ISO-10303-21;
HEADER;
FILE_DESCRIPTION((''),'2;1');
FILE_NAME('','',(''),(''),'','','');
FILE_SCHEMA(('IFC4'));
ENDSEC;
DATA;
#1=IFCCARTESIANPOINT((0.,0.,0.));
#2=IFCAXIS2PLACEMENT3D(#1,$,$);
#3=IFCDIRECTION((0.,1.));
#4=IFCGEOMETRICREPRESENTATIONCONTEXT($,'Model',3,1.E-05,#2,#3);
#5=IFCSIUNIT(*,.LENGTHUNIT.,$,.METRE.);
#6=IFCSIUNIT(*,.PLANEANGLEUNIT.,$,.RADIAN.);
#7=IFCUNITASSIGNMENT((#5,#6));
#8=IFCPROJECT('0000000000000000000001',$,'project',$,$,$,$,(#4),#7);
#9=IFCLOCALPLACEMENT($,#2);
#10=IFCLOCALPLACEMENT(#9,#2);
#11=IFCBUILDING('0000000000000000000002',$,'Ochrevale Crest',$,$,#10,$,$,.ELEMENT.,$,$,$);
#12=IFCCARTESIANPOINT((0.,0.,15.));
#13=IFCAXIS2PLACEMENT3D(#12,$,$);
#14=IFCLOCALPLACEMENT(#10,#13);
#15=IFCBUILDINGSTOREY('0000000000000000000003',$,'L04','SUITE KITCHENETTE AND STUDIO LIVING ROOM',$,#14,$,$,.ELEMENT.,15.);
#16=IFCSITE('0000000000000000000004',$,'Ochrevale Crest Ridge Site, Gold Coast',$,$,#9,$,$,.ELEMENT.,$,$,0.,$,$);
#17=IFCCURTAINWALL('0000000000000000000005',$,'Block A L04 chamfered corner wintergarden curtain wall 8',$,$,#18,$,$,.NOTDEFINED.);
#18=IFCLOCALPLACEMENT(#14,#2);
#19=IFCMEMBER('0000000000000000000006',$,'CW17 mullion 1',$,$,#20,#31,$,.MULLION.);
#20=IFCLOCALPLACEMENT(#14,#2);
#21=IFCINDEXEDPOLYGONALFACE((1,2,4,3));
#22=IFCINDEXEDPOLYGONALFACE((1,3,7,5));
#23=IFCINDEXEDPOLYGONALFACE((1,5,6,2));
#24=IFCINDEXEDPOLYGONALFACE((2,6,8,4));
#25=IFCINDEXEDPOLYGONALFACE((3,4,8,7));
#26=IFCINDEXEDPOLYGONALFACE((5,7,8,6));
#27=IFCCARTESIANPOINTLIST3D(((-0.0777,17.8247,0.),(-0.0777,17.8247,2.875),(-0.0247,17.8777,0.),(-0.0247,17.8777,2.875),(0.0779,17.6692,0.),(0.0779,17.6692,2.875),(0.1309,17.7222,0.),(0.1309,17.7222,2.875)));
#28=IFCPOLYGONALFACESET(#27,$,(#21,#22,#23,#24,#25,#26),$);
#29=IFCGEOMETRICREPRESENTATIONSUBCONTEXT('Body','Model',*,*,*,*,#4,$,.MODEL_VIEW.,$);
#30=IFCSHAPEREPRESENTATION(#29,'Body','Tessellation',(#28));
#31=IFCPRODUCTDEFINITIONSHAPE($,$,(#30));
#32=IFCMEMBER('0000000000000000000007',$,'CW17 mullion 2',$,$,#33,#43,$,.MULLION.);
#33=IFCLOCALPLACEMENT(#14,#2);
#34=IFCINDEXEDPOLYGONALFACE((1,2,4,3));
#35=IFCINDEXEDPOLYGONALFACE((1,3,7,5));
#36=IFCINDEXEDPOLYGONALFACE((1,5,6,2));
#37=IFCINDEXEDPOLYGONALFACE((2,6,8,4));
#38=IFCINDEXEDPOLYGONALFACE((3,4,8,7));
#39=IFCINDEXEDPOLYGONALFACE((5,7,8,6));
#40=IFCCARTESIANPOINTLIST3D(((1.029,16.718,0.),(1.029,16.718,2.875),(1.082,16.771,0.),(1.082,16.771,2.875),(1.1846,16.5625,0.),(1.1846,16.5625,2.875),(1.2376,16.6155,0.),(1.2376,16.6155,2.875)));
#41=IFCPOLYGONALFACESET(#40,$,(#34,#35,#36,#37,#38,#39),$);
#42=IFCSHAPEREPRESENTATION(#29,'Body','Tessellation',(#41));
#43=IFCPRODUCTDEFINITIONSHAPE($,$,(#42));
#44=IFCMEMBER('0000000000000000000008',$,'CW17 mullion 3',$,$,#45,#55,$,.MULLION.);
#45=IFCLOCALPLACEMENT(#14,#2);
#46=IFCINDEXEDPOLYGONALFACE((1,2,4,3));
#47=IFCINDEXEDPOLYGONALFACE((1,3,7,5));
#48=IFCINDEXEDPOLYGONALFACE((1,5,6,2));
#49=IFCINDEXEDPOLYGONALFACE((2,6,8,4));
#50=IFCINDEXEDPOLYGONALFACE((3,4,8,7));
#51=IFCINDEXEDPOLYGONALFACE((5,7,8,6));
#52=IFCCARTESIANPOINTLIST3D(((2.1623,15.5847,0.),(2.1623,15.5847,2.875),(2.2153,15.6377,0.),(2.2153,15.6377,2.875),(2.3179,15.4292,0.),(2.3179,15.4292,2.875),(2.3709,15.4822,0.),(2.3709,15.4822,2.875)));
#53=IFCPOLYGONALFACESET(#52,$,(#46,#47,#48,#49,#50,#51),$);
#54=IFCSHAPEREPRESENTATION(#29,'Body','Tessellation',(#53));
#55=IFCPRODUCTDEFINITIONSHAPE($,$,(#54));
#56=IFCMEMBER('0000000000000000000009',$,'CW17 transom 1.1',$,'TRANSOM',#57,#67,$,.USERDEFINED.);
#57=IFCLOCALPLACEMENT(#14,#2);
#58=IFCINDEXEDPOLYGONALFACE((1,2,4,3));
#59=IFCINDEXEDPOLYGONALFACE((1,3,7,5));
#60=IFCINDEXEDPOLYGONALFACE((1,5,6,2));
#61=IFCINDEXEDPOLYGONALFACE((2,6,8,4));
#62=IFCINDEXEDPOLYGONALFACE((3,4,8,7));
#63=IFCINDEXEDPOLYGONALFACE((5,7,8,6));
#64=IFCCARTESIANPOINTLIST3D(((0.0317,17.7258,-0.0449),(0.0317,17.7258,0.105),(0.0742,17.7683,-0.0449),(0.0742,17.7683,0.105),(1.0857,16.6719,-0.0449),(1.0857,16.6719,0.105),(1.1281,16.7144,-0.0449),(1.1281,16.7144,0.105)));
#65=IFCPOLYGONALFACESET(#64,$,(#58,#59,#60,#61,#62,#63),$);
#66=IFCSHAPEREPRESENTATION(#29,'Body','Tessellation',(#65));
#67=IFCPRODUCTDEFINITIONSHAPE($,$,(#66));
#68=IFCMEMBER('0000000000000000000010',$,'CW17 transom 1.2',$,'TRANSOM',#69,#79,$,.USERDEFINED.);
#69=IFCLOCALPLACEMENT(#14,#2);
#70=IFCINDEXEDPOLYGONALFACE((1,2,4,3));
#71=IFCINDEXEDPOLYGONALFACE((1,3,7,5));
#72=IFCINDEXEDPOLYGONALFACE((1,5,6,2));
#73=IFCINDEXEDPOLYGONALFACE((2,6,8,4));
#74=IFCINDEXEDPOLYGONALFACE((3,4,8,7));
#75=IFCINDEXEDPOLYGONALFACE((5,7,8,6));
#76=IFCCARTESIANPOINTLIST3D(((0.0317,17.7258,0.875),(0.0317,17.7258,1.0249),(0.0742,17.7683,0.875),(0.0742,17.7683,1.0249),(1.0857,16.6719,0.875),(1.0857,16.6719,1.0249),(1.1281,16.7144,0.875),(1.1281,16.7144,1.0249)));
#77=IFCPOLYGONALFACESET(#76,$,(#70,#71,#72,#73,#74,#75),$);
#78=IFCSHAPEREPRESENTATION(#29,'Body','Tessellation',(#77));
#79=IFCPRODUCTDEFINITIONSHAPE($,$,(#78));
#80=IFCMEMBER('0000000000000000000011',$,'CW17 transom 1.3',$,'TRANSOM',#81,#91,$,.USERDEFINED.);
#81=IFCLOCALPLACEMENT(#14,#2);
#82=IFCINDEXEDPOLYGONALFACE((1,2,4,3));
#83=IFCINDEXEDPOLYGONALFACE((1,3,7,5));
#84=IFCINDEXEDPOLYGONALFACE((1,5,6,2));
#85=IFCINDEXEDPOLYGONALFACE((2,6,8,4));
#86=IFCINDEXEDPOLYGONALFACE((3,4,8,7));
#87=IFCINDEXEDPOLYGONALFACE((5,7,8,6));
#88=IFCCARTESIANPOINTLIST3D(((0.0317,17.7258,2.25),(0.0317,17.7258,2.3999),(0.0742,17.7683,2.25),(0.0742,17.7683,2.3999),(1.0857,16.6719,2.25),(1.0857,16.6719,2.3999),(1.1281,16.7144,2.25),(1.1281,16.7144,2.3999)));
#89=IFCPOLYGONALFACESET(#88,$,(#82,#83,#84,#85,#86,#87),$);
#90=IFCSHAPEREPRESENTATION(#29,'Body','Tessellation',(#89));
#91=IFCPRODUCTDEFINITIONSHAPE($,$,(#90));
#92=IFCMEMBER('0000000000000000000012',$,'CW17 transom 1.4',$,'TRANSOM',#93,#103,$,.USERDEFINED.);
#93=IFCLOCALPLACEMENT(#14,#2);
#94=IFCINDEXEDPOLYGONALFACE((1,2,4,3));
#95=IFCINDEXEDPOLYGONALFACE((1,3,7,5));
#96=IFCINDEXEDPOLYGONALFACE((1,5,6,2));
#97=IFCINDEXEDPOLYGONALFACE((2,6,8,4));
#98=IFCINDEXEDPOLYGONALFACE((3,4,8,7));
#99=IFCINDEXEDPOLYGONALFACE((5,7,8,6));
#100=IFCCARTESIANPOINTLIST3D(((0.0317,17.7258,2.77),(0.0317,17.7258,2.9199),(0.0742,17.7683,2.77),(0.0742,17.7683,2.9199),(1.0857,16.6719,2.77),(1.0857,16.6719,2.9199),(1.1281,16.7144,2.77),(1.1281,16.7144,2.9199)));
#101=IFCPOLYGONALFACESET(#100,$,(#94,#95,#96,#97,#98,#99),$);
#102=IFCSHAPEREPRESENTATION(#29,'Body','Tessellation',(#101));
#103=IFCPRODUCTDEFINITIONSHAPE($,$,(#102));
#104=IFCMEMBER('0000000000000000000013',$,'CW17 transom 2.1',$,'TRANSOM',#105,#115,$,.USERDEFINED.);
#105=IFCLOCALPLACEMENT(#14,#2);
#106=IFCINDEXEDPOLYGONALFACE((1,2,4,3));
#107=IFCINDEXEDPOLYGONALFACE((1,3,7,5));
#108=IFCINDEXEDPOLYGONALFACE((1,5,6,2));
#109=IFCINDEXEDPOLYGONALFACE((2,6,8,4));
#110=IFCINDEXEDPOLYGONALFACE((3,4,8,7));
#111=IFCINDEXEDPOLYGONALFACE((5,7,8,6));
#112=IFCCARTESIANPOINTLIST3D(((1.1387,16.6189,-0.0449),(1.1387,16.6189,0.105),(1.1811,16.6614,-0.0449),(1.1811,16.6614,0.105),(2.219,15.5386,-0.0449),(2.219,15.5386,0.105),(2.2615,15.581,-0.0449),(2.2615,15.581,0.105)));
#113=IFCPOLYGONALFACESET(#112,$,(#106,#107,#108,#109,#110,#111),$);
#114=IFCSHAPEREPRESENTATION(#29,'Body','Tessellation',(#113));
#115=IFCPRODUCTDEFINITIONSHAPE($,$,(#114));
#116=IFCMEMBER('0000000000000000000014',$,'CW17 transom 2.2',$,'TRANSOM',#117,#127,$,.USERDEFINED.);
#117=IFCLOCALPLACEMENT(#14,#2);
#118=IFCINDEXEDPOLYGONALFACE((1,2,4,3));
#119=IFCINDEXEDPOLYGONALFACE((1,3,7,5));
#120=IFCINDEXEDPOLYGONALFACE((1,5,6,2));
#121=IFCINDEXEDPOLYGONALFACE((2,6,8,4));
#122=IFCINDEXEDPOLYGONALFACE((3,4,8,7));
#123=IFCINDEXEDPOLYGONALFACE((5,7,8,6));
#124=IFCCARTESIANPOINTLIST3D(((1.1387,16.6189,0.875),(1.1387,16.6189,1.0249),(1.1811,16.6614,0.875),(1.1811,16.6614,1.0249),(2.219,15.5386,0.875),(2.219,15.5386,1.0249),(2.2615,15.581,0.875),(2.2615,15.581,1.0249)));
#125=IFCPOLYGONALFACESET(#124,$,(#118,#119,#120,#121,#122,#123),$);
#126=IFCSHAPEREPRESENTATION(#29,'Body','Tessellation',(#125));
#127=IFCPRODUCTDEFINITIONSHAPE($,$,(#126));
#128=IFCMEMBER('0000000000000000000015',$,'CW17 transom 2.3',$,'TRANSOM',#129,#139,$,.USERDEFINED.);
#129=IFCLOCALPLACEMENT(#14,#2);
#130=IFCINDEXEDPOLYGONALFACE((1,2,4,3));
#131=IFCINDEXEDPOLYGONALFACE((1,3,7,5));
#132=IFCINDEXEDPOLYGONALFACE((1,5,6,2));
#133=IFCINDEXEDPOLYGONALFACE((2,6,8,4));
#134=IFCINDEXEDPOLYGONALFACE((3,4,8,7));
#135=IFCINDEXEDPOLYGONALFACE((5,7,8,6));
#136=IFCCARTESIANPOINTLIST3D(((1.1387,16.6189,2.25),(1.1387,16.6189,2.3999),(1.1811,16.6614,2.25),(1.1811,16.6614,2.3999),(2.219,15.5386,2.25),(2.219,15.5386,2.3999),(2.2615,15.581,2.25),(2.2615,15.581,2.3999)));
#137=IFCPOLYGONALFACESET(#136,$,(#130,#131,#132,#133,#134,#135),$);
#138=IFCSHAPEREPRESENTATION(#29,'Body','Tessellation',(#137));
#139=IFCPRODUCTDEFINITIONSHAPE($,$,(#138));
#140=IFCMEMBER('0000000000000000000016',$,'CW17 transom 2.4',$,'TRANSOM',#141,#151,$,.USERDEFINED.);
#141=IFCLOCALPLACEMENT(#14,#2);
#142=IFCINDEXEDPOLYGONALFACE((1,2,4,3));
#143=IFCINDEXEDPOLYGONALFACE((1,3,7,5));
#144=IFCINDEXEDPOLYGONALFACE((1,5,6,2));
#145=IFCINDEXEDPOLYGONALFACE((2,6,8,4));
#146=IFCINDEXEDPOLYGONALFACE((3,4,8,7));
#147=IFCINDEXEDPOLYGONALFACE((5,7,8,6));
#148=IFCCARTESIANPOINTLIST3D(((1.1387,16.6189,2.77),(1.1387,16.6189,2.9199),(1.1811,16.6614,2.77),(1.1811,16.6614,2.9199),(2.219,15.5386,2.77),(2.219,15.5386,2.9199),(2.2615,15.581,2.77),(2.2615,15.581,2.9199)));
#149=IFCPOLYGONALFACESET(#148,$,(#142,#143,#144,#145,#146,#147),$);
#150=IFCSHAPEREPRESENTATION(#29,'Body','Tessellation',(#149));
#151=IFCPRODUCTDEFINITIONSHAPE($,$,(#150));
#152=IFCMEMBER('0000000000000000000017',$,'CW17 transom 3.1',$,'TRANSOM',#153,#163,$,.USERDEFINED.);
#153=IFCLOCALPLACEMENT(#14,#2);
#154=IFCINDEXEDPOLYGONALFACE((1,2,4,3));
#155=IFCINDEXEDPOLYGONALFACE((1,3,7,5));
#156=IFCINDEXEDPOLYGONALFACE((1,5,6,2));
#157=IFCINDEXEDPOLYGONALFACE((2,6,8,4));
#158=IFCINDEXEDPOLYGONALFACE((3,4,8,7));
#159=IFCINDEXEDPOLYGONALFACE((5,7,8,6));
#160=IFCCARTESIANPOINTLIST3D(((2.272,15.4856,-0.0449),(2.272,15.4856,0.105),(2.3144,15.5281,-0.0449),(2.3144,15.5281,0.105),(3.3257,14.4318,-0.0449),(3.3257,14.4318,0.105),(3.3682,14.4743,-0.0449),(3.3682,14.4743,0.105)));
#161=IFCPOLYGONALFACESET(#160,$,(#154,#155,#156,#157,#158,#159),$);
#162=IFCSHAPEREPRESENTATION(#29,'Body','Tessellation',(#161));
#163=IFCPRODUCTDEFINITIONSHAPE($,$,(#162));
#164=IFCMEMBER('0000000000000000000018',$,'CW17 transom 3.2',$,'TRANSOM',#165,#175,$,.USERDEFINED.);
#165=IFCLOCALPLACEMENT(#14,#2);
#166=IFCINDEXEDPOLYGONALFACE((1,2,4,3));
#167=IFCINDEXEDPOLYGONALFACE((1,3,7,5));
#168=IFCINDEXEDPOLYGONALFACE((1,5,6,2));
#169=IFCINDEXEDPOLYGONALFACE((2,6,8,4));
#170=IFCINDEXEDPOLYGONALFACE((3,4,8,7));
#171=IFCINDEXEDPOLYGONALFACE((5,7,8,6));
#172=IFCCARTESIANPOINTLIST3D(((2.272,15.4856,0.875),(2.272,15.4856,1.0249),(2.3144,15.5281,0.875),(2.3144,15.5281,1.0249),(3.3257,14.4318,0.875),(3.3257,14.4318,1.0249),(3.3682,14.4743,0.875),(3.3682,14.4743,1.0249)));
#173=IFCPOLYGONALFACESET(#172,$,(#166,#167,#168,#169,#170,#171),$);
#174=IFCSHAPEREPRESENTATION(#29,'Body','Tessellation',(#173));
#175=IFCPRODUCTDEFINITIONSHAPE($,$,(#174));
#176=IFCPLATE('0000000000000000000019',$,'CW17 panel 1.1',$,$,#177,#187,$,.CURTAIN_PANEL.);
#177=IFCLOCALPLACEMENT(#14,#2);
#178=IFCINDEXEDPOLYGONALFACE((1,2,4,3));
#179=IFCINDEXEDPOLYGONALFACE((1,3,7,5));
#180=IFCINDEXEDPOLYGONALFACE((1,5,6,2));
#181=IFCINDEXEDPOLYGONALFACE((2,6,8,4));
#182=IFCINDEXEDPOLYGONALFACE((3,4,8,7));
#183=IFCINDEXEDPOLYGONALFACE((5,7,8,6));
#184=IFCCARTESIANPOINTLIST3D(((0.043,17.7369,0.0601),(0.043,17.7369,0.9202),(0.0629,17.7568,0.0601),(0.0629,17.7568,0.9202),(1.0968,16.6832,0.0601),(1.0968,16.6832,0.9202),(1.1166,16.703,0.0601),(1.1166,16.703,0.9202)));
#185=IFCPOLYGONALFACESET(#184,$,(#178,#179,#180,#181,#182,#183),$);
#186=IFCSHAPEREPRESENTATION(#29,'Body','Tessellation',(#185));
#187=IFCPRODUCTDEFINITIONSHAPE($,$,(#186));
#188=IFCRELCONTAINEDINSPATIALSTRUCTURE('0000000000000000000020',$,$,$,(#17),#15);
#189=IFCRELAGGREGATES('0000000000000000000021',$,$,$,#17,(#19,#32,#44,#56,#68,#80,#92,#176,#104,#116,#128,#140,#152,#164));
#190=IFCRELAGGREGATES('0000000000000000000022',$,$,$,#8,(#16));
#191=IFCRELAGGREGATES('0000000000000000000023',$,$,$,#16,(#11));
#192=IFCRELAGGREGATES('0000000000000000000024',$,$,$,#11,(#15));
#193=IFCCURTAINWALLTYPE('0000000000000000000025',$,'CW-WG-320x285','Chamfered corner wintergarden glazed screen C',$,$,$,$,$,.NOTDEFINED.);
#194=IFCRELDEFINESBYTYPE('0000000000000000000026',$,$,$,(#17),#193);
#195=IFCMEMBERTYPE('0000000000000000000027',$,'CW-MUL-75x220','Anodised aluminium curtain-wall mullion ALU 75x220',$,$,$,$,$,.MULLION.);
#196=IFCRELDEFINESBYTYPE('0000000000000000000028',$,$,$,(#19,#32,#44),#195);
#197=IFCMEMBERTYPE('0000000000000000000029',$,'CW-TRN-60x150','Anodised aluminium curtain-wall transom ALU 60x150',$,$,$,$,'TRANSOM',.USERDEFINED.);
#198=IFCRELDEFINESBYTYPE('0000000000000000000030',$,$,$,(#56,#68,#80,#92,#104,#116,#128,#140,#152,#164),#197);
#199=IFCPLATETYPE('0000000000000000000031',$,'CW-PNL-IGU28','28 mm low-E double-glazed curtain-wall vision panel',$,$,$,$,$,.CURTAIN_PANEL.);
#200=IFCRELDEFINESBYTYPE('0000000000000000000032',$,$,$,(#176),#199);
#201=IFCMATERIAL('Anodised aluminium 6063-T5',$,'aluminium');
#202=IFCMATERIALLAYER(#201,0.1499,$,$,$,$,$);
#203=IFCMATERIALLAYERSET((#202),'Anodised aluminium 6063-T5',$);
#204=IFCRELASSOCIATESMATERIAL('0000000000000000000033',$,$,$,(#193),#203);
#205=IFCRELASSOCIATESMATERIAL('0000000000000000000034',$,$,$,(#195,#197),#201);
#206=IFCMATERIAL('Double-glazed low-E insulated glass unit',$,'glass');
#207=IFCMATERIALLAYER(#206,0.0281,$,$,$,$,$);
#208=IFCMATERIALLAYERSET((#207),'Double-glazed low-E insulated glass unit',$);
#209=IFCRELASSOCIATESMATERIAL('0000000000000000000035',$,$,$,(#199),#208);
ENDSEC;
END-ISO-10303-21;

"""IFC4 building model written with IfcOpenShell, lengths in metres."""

from ifc_helpers import new_model, si_unit, direction, frame, origin, origin_2d, place, context, subcontext, project, spatial, rectangle, extrude, material, layer, layer_set, material_profile, profile_set, type_object, element, aggregate, save


model = new_model("IFC4")

# Units and contexts
model_context = context("Model", 3, precision=1e-05, world=origin(), true_north=direction((0.0, 1.0)))
body_context = subcontext(model_context, "Body", "Model", "MODEL_VIEW")
ifc_project = project(units=[si_unit("LENGTHUNIT", "METRE"), si_unit("PLANEANGLEUNIT", "RADIAN")], contexts=[model_context])

# Site, building, storey
site_placement = place(None, origin())
site = spatial("IfcSite", under=ifc_project, at=site_placement, Name="Ochrevale Crest Ridge Site, Gold Coast", CompositionType="ELEMENT", RefElevation=0.0)
building_placement = place(site_placement, origin())
building = spatial("IfcBuilding", under=site, at=building_placement, Name="Ochrevale Crest", CompositionType="ELEMENT")
storey_placement = place(building_placement, frame((0.0, 0.0, 15.0)))
storey = spatial("IfcBuildingStorey", under=building, at=storey_placement, Name="L04", Description="SUITE KITCHENETTE AND STUDIO LIVING ROOM", CompositionType="ELEMENT", Elevation=15.0)

# Curtain wall, members, plate
ifc_material_1 = material(Name="Anodised aluminium 6063-T5", Category="aluminium")
ifc_layer_1 = layer(ifc_material_1, 0.1499)
ifc_layer_set_1 = layer_set([ifc_layer_1], Name="Anodised aluminium 6063-T5")
curtain_wall_type = type_object("IfcCurtainWallType", Name="CW-WG-320x285", Description="Chamfered corner wintergarden glazed screen C", PredefinedType="NOTDEFINED", material=ifc_layer_set_1)
curtain_wall_placement = place(storey_placement, origin())
curtain_wall = element("IfcCurtainWall", 1, at=curtain_wall_placement, inside=storey, type_object=curtain_wall_type, Name="Block A L04 chamfered corner wintergarden curtain wall 8", PredefinedType="NOTDEFINED")
ifc_material_profile_1 = material_profile(ifc_material_1, rectangle(XDim=0.075, YDim=0.22, at=origin_2d()), Name="ALU 75x220")
ifc_profile_set_1 = profile_set([ifc_material_profile_1], Name="Anodised aluminium 6063-T5")
member_type_1 = type_object("IfcMemberType", Name="CW-MUL-75x220", Description="Anodised aluminium curtain-wall mullion ALU 75x220", PredefinedType="MULLION", material=ifc_profile_set_1)
member_1_placement = place(storey_placement, frame((0.0266, 17.7734, 0.0), z_axis=(0.0, 0.0, 1.0), x_axis=(0.707107, 0.707107, 0.0)))
member_1 = element("IfcMember", 2, at=member_1_placement, type_object=member_type_1, Name="CW17 mullion 1", PredefinedType="MULLION", context=body_context, shape_type="SweptSolid", body=[
    extrude(rectangle(XDim=0.075, YDim=0.22, at=origin_2d()), origin(), (0.0, 0.0, 1.0), 2.875),
])
member_2_placement = place(storey_placement, frame((1.1333, 16.6667, 0.0), z_axis=(0.0, 0.0, 1.0), x_axis=(0.707107, 0.707107, 0.0)))
member_2 = element("IfcMember", 3, at=member_2_placement, type_object=member_type_1, Name="CW17 mullion 2", PredefinedType="MULLION", context=body_context, shape_type="SweptSolid", body=[
    extrude(rectangle(XDim=0.075, YDim=0.22, at=origin_2d()), origin(), (0.0, 0.0, 1.0), 2.875),
])
member_3_placement = place(storey_placement, frame((2.2666, 15.5334, 0.0), z_axis=(0.0, 0.0, 1.0), x_axis=(0.707107, 0.707107, 0.0)))
member_3 = element("IfcMember", 4, at=member_3_placement, type_object=member_type_1, Name="CW17 mullion 3", PredefinedType="MULLION", context=body_context, shape_type="SweptSolid", body=[
    extrude(rectangle(XDim=0.075, YDim=0.22, at=origin_2d()), origin(), (0.0, 0.0, 1.0), 2.875),
])
ifc_material_profile_2 = material_profile(ifc_material_1, rectangle(XDim=0.0601, YDim=0.1499, at=origin_2d()), Name="ALU 60x150")
ifc_profile_set_2 = profile_set([ifc_material_profile_2], Name="Anodised aluminium 6063-T5")
member_type_2 = type_object("IfcMemberType", Name="CW-TRN-60x150", Description="Anodised aluminium curtain-wall transom ALU 60x150", ElementType="TRANSOM", PredefinedType="USERDEFINED", material=ifc_profile_set_2)
member_4_placement = place(storey_placement, frame((0.053, 17.7471, 0.03), z_axis=(0.707107, -0.707107, 0.0), x_axis=(0.707107, 0.707107, 0.0)))
member_4 = element("IfcMember", 5, at=member_4_placement, type_object=member_type_2, Name="CW17 transom 1.1", ObjectType="TRANSOM", PredefinedType="USERDEFINED", context=body_context, shape_type="SweptSolid", body=[
    extrude(rectangle(XDim=0.0601, YDim=0.1499, at=origin_2d()), origin(), (0.0, 0.0, 1.0), 1.4905),
])
member_5_placement = place(storey_placement, frame((0.053, 17.7471, 0.95), z_axis=(0.707107, -0.707107, 0.0), x_axis=(0.707107, 0.707107, 0.0)))
member_5 = element("IfcMember", 6, at=member_5_placement, type_object=member_type_2, Name="CW17 transom 1.2", ObjectType="TRANSOM", PredefinedType="USERDEFINED", context=body_context, shape_type="SweptSolid", body=[
    extrude(rectangle(XDim=0.0601, YDim=0.1499, at=origin_2d()), origin(), (0.0, 0.0, 1.0), 1.4905),
])
member_6_placement = place(storey_placement, frame((0.053, 17.7471, 2.325), z_axis=(0.707107, -0.707107, 0.0), x_axis=(0.707107, 0.707107, 0.0)))
member_6 = element("IfcMember", 7, at=member_6_placement, type_object=member_type_2, Name="CW17 transom 1.3", ObjectType="TRANSOM", PredefinedType="USERDEFINED", context=body_context, shape_type="SweptSolid", body=[
    extrude(rectangle(XDim=0.0601, YDim=0.1499, at=origin_2d()), origin(), (0.0, 0.0, 1.0), 1.4905),
])
member_7_placement = place(storey_placement, frame((0.053, 17.7471, 2.845), z_axis=(0.707107, -0.707107, 0.0), x_axis=(0.707107, 0.707107, 0.0)))
member_7 = element("IfcMember", 8, at=member_7_placement, type_object=member_type_2, Name="CW17 transom 1.4", ObjectType="TRANSOM", PredefinedType="USERDEFINED", context=body_context, shape_type="SweptSolid", body=[
    extrude(rectangle(XDim=0.0601, YDim=0.1499, at=origin_2d()), origin(), (0.0, 0.0, 1.0), 1.4905),
])
member_8_placement = place(storey_placement, frame((1.1599, 16.6401, 0.03), z_axis=(0.707107, -0.707107, 0.0), x_axis=(0.707107, 0.707107, 0.0)))
member_8 = element("IfcMember", 9, at=member_8_placement, type_object=member_type_2, Name="CW17 transom 2.1", ObjectType="TRANSOM", PredefinedType="USERDEFINED", context=body_context, shape_type="SweptSolid", body=[
    extrude(rectangle(XDim=0.0601, YDim=0.1499, at=origin_2d()), origin(), (0.0, 0.0, 1.0), 1.5278),
])
member_9_placement = place(storey_placement, frame((1.1599, 16.6401, 0.95), z_axis=(0.707107, -0.707107, 0.0), x_axis=(0.707107, 0.707107, 0.0)))
member_9 = element("IfcMember", 10, at=member_9_placement, type_object=member_type_2, Name="CW17 transom 2.2", ObjectType="TRANSOM", PredefinedType="USERDEFINED", context=body_context, shape_type="SweptSolid", body=[
    extrude(rectangle(XDim=0.0601, YDim=0.1499, at=origin_2d()), origin(), (0.0, 0.0, 1.0), 1.5278),
])
member_10_placement = place(storey_placement, frame((1.1599, 16.6401, 2.325), z_axis=(0.707107, -0.707107, 0.0), x_axis=(0.707107, 0.707107, 0.0)))
member_10 = element("IfcMember", 11, at=member_10_placement, type_object=member_type_2, Name="CW17 transom 2.3", ObjectType="TRANSOM", PredefinedType="USERDEFINED", context=body_context, shape_type="SweptSolid", body=[
    extrude(rectangle(XDim=0.0601, YDim=0.1499, at=origin_2d()), origin(), (0.0, 0.0, 1.0), 1.5278),
])
member_11_placement = place(storey_placement, frame((1.1599, 16.6401, 2.845), z_axis=(0.707107, -0.707107, 0.0), x_axis=(0.707107, 0.707107, 0.0)))
member_11 = element("IfcMember", 12, at=member_11_placement, type_object=member_type_2, Name="CW17 transom 2.4", ObjectType="TRANSOM", PredefinedType="USERDEFINED", context=body_context, shape_type="SweptSolid", body=[
    extrude(rectangle(XDim=0.0601, YDim=0.1499, at=origin_2d()), origin(), (0.0, 0.0, 1.0), 1.5278),
])
member_12_placement = place(storey_placement, frame((2.2932, 15.5068, 0.03), z_axis=(0.707107, -0.707107, 0.0), x_axis=(0.707107, 0.707107, 0.0)))
member_12 = element("IfcMember", 13, at=member_12_placement, type_object=member_type_2, Name="CW17 transom 3.1", ObjectType="TRANSOM", PredefinedType="USERDEFINED", context=body_context, shape_type="SweptSolid", body=[
    extrude(rectangle(XDim=0.0601, YDim=0.1499, at=origin_2d()), origin(), (0.0, 0.0, 1.0), 1.4902),
])
member_13_placement = place(storey_placement, frame((2.2932, 15.5068, 0.95), z_axis=(0.707107, -0.707107, 0.0), x_axis=(0.707107, 0.707107, 0.0)))
member_13 = element("IfcMember", 14, at=member_13_placement, type_object=member_type_2, Name="CW17 transom 3.2", ObjectType="TRANSOM", PredefinedType="USERDEFINED", context=body_context, shape_type="SweptSolid", body=[
    extrude(rectangle(XDim=0.0601, YDim=0.1499, at=origin_2d()), origin(), (0.0, 0.0, 1.0), 1.4902),
])
ifc_material_2 = material(Name="Double-glazed low-E insulated glass unit", Category="glass")
ifc_layer_2 = layer(ifc_material_2, 0.0281)
ifc_layer_set_2 = layer_set([ifc_layer_2], Name="Double-glazed low-E insulated glass unit")
plate_type = type_object("IfcPlateType", Name="CW-PNL-IGU28", Description="28 mm low-E double-glazed curtain-wall vision panel", PredefinedType="CURTAIN_PANEL", material=ifc_layer_set_2)
plate_1_placement = place(storey_placement, frame((0.5798, 17.22, 0.0601), z_axis=(0.0, 0.0, 1.0), x_axis=(0.707107, -0.707107, 0.0)))
plate_1 = element("IfcPlate", 15, at=plate_1_placement, type_object=plate_type, Name="CW17 panel 1.1", PredefinedType="CURTAIN_PANEL", context=body_context, shape_type="SweptSolid", body=[
    extrude(rectangle(XDim=1.4902, YDim=0.0281, at=origin_2d()), origin(), (0.0, 0.0, 1.0), 0.8601),
])
aggregate(curtain_wall, [member_1, member_2, member_3, member_4, member_5, member_6, member_7, plate_1, member_8, member_9, member_10, member_11, member_12, member_13])

save(model, "model.ifc")
